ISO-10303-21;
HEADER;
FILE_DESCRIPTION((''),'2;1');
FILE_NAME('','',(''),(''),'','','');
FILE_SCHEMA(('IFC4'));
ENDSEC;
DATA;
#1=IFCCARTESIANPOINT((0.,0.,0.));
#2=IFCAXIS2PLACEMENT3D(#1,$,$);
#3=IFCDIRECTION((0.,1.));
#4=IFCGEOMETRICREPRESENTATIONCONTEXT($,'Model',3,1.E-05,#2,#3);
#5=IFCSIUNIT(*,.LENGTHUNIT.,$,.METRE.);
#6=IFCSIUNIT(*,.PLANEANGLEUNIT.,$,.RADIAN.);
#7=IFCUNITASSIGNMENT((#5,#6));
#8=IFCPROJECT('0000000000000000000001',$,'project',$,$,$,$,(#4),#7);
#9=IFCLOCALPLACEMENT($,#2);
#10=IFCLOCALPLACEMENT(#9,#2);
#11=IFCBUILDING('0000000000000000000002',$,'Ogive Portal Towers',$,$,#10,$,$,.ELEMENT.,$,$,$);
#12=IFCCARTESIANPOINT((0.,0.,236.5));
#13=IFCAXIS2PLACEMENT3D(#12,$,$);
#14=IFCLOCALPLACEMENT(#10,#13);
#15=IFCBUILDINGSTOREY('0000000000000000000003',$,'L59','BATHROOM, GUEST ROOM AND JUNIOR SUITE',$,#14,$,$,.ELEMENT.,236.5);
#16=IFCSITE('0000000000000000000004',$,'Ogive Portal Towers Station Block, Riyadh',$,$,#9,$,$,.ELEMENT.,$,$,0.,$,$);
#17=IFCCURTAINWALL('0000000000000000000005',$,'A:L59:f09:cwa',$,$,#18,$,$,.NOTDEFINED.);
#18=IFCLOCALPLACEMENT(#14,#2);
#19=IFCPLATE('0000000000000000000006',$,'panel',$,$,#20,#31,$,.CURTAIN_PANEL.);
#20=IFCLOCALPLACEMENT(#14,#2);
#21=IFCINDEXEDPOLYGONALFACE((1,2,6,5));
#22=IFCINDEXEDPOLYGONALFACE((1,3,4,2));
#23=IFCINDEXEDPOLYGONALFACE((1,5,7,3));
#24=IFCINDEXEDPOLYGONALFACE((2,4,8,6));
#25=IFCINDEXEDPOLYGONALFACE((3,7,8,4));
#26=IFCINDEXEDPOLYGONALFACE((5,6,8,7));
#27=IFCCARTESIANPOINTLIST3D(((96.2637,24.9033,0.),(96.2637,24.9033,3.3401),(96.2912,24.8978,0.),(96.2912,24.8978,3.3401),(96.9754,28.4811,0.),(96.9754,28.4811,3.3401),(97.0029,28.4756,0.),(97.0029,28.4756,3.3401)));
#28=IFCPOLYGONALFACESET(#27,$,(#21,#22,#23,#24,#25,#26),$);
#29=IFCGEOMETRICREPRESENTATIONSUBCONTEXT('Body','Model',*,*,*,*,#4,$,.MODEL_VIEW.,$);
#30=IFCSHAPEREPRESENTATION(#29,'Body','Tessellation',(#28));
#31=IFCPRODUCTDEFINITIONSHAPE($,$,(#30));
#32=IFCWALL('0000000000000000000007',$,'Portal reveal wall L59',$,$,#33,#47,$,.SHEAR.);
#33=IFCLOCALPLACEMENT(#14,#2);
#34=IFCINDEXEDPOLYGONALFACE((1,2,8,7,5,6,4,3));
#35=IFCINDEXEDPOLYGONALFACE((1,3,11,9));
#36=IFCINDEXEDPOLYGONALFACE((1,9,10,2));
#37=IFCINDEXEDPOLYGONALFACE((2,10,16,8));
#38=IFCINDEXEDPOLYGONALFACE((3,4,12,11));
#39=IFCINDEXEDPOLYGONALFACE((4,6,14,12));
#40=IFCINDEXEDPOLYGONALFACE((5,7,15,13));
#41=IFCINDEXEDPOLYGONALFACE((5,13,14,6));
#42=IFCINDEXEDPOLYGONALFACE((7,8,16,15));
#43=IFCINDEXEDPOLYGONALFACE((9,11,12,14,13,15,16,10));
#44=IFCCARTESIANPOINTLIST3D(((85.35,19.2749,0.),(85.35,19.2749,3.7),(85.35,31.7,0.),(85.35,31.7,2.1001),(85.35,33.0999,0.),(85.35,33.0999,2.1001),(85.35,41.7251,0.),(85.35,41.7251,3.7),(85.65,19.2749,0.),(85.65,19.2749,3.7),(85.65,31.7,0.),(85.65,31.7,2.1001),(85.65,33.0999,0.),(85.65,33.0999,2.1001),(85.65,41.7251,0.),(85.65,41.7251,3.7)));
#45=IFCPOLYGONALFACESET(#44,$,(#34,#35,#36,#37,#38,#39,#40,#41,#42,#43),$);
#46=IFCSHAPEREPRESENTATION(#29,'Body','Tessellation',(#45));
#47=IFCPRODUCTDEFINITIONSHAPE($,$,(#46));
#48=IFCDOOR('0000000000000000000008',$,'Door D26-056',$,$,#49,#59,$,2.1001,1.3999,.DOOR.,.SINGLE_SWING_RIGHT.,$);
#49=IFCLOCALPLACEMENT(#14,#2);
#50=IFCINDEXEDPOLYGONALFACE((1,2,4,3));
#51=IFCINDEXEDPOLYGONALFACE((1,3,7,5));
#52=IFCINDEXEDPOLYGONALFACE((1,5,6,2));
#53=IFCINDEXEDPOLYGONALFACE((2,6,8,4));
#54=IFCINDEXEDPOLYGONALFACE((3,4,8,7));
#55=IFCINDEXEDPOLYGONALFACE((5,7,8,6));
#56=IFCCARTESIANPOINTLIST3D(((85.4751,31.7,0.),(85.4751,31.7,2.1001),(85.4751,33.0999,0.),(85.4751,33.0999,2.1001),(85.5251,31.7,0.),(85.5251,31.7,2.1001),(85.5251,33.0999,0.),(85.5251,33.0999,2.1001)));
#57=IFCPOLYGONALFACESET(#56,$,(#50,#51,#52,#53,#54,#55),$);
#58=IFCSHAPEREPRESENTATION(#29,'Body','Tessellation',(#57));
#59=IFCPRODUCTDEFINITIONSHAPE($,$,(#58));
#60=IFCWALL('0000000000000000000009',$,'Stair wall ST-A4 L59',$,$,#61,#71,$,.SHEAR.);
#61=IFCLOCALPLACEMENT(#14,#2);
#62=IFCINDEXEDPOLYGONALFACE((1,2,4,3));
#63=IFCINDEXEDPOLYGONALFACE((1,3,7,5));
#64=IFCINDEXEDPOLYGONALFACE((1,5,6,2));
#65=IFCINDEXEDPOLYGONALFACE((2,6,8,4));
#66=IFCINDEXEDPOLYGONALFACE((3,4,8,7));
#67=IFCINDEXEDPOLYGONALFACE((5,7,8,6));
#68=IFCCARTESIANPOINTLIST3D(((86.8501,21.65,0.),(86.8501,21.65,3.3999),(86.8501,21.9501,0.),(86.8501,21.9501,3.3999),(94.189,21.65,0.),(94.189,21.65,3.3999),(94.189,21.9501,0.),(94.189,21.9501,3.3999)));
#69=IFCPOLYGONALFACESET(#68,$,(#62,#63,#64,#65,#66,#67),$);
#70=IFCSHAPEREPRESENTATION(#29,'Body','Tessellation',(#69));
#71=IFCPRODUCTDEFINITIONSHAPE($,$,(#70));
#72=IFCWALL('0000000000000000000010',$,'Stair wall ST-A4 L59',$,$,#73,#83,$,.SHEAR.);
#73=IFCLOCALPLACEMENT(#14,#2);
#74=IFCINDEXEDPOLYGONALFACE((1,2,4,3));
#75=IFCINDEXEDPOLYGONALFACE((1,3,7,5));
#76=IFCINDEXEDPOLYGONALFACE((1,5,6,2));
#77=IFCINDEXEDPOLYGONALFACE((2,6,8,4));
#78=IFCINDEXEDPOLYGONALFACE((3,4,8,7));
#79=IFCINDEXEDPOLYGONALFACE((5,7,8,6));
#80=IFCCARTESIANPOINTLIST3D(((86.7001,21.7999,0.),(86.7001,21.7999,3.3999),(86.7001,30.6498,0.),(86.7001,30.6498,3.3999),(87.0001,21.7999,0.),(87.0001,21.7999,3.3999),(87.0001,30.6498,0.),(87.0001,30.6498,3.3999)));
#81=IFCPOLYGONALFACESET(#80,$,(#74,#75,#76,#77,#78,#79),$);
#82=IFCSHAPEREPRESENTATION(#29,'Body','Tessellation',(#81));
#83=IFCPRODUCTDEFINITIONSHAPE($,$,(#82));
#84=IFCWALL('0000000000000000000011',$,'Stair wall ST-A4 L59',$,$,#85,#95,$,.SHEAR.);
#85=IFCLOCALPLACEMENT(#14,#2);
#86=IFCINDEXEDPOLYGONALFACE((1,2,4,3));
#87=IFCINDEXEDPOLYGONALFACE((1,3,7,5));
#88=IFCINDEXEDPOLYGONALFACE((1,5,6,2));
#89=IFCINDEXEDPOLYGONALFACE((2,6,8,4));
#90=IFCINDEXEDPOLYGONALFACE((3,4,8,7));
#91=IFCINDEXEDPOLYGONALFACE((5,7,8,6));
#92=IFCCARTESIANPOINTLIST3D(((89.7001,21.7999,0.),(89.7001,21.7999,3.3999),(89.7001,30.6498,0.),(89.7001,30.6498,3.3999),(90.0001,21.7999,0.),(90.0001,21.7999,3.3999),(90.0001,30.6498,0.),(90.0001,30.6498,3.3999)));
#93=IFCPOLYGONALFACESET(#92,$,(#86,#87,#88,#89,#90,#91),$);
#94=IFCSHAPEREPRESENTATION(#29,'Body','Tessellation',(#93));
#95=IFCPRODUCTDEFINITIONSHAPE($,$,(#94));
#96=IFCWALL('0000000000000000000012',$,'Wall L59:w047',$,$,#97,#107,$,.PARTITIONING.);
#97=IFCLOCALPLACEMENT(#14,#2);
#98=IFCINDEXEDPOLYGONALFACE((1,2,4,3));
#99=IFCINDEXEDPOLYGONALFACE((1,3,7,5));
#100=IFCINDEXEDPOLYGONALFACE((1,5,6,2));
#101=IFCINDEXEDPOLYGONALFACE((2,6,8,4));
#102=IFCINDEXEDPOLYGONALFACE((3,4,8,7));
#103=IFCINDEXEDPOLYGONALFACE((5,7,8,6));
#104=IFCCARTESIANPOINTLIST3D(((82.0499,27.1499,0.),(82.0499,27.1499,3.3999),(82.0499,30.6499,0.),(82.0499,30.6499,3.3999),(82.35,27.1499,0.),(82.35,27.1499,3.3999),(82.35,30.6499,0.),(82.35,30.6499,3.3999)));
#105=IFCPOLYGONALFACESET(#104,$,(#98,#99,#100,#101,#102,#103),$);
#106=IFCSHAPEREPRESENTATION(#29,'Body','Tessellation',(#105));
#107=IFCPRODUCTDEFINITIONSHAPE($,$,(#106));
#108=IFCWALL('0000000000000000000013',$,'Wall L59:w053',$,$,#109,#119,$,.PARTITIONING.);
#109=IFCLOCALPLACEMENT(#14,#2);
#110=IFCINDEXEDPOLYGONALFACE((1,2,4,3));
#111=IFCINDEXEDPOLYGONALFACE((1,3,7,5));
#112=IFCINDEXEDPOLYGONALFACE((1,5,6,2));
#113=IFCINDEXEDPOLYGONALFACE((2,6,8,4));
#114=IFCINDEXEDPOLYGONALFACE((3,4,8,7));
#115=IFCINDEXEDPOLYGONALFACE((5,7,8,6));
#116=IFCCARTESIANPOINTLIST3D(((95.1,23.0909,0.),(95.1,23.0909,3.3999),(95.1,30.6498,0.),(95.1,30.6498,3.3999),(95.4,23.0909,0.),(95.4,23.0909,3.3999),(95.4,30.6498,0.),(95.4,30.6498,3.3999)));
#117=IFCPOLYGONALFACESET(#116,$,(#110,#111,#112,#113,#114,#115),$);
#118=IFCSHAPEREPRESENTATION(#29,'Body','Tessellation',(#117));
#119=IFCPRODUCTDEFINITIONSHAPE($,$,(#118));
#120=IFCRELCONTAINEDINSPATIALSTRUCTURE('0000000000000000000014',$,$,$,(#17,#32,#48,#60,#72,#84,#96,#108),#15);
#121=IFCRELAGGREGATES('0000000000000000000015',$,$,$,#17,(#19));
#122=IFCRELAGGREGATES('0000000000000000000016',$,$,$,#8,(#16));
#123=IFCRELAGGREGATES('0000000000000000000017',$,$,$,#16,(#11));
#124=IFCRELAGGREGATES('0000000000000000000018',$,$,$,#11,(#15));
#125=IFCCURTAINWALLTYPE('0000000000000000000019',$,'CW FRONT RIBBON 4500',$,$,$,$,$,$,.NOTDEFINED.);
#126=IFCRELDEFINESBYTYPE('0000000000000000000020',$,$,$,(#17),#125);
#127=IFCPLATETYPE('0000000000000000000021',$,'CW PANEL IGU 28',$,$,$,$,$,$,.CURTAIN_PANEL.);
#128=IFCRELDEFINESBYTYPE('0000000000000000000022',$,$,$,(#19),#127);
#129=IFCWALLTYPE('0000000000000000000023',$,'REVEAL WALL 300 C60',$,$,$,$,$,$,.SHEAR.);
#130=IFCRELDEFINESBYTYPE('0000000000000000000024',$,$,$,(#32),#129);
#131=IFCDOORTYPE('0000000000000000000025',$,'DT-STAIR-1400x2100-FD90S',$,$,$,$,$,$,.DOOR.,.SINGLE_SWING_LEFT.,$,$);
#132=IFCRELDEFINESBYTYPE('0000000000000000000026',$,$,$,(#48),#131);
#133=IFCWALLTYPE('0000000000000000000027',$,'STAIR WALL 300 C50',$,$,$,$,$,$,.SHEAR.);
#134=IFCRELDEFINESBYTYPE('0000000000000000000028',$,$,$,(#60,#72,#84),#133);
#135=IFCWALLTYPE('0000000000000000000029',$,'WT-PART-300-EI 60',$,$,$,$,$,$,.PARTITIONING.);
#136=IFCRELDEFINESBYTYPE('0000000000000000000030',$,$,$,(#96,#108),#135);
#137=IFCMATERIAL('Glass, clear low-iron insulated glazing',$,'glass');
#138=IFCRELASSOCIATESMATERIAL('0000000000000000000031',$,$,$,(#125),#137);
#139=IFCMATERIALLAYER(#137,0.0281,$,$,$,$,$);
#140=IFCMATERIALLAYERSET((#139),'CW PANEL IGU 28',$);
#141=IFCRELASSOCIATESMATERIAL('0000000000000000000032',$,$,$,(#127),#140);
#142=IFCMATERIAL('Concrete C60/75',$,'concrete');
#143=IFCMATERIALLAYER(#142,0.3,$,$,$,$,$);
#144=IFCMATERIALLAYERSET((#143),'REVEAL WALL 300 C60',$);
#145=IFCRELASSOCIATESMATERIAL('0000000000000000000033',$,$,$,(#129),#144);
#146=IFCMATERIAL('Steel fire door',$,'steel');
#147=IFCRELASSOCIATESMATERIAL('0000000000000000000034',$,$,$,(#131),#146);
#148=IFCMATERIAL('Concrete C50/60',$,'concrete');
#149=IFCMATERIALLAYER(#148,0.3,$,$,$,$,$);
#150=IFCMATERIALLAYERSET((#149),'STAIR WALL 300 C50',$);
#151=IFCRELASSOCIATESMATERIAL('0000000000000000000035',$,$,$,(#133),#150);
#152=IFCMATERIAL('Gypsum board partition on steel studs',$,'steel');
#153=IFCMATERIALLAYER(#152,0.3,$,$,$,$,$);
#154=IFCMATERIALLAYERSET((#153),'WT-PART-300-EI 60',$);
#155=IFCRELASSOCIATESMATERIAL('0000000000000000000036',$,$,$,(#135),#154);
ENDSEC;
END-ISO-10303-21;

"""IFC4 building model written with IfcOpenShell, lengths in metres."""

from ifc_helpers import new_model, si_unit, direction, frame, frame_2d, origin, origin_2d, place, context, subcontext, project, spatial, rectangle, extrude, material, layer, layer_set, type_object, element, fill, aggregate, save


model = new_model("IFC4")

# Units and contexts
model_context = context("Model", 3, precision=1e-05, world=origin(), true_north=direction((0.0, 1.0)))
body_context = subcontext(model_context, "Body", "Model", "MODEL_VIEW")
ifc_project = project(units=[si_unit("LENGTHUNIT", "METRE"), si_unit("PLANEANGLEUNIT", "RADIAN")], contexts=[model_context])

# Site, building, storey
site_placement = place(None, origin())
site = spatial("IfcSite", under=ifc_project, at=site_placement, Name="Ogive Portal Towers Station Block, Riyadh", CompositionType="ELEMENT", RefElevation=0.0)
building_placement = place(site_placement, origin())
building = spatial("IfcBuilding", under=site, at=building_placement, Name="Ogive Portal Towers", CompositionType="ELEMENT")
storey_placement = place(building_placement, frame((0.0, 0.0, 236.5)))
storey = spatial("IfcBuildingStorey", under=building, at=storey_placement, Name="L59", Description="BATHROOM, GUEST ROOM AND JUNIOR SUITE", CompositionType="ELEMENT", Elevation=236.5)

# Shared definitions
ifc_material_1 = material(Name="Concrete C60/75", Category="concrete")

# Shared definitions
ifc_material_2 = material(Name="Glass, clear low-iron insulated glazing", Category="glass")
curtain_wall_type = type_object("IfcCurtainWallType", Name="CW FRONT RIBBON 4500", PredefinedType="NOTDEFINED", material=ifc_material_2)

# Curtain wall
curtain_wall_1_placement = place(storey_placement, origin())
curtain_wall_1 = element("IfcCurtainWall", 1, at=curtain_wall_1_placement, inside=storey, type_object=curtain_wall_type, Name="A:L59:f09:cwa", PredefinedType="NOTDEFINED")

# Plate
ifc_layer_1 = layer(ifc_material_2, 0.0281)
ifc_layer_set_1 = layer_set([ifc_layer_1], Name="CW PANEL IGU 28")
plate_type = type_object("IfcPlateType", Name="CW PANEL IGU 28", PredefinedType="CURTAIN_PANEL", material=ifc_layer_set_1)
plate_1_placement = place(storey_placement, frame((96.6333, 26.6895, 0.0), z_axis=(0.0, 0.0, 1.0), x_axis=(0.19509, 0.980785, 0.0)))
plate_1 = element("IfcPlate", 2, at=plate_1_placement, type_object=plate_type, Name="panel", PredefinedType="CURTAIN_PANEL", context=body_context, shape_type="SweptSolid", body=[
    extrude(rectangle(XDim=3.6479, YDim=0.0281, at=origin_2d()), origin(), (0.0, 0.0, 1.0), 3.3401),
])
aggregate(curtain_wall_1, [plate_1])

# Wall, opening, door
ifc_layer_2 = layer(ifc_material_1, 0.3)
ifc_layer_set_2 = layer_set([ifc_layer_2], Name="REVEAL WALL 300 C60")
wall_type_1 = type_object("IfcWallType", Name="REVEAL WALL 300 C60", PredefinedType="SHEAR", material=ifc_layer_set_2)
wall_1_placement = place(storey_placement, frame((85.5, 19.2749, 0.0), z_axis=(0.0, 0.0, 1.0), x_axis=(0.0, 1.0, 0.0)))
wall_1 = element("IfcWall", 3, at=wall_1_placement, inside=storey, type_object=wall_type_1, Name="Portal reveal wall L59", PredefinedType="SHEAR", context=body_context, shape_type="SweptSolid", body=[
    extrude(rectangle(XDim=22.4502, YDim=0.3, at=frame_2d((11.2251, 0.0))), origin(), (0.0, 0.0, 1.0), 3.7),
])
opening_placement = place(wall_1_placement, frame((12.425, 0.0, 0.0)))
opening = element("IfcOpeningElement", 4, at=opening_placement, cuts=wall_1, PredefinedType="OPENING", context=body_context, shape_type="SweptSolid", body=[
    extrude(rectangle(XDim=1.3999, YDim=2.1001, at=frame_2d((0.7, 1.05))), frame((0.0, 0.1602, 0.0), z_axis=(0.0, -1.0, 0.0), x_axis=(1.0, 0.0, 0.0)), (0.0, 0.0, 1.0), 0.3201),
])
ifc_material_3 = material(Name="Steel fire door", Category="steel")
door_type = type_object("IfcDoorType", Name="DT-STAIR-1400x2100-FD90S", OperationType="SINGLE_SWING_LEFT", PredefinedType="DOOR", material=ifc_material_3)
door_placement = place(opening_placement, origin())
door = element("IfcDoor", 5, at=door_placement, inside=storey, type_object=door_type, Name="Door D26-056", OperationType="SINGLE_SWING_RIGHT", OverallHeight=2.1001, OverallWidth=1.3999, PredefinedType="DOOR", context=body_context, shape_type="SweptSolid", body=[
    extrude(rectangle(XDim=1.3999, YDim=2.1001, at=frame_2d((0.7, 1.05))), frame((0.0, 0.0249, 0.0), z_axis=(0.0, -1.0, 0.0), x_axis=(1.0, 0.0, 0.0)), (0.0, 0.0, 1.0), 0.05),
])
fill(opening, door)

# Walls
ifc_material_4 = material(Name="Concrete C50/60", Category="concrete")
ifc_layer_3 = layer(ifc_material_4, 0.3)
ifc_layer_set_3 = layer_set([ifc_layer_3], Name="STAIR WALL 300 C50")
wall_type_2 = type_object("IfcWallType", Name="STAIR WALL 300 C50", PredefinedType="SHEAR", material=ifc_layer_set_3)
wall_2_placement = place(storey_placement, frame((86.8501, 21.8, 0.0), z_axis=(0.0, 0.0, 1.0), x_axis=(1.0, 0.0, 0.0)))
element("IfcWall", 6, at=wall_2_placement, inside=storey, type_object=wall_type_2, Name="Stair wall ST-A4 L59", PredefinedType="SHEAR", context=body_context, shape_type="SweptSolid", body=[
    extrude(rectangle(XDim=7.3389, YDim=0.3, at=frame_2d((3.6694, 0.0))), origin(), (0.0, 0.0, 1.0), 3.3999),
])
for number, where, z_axis, x_axis, name in (
    (7, (86.8501, 21.8, 0.0), (0.0, 0.0, 1.0), (0.0, 1.0, 0.0), "Stair wall ST-A4 L59"),
    (8, (89.8501, 21.8, 0.0), (0.0, 0.0, 1.0), (0.0, 1.0, 0.0), "Stair wall ST-A4 L59"),
):
    element("IfcWall", number, at=place(storey_placement, frame(where, z_axis=z_axis, x_axis=x_axis)), inside=storey, type_object=wall_type_2, Name=name, PredefinedType="SHEAR", context=body_context, shape_type="SweptSolid", body=[
        extrude(rectangle(XDim=8.8499, YDim=0.3, at=frame_2d((4.4248, 0.0))), origin(), (0.0, 0.0, 1.0), 3.3999),
    ])
ifc_material_5 = material(Name="Gypsum board partition on steel studs", Category="steel")
ifc_layer_4 = layer(ifc_material_5, 0.3)
ifc_layer_set_4 = layer_set([ifc_layer_4], Name="WT-PART-300-EI 60")
wall_type_3 = type_object("IfcWallType", Name="WT-PART-300-EI 60", PredefinedType="PARTITIONING", material=ifc_layer_set_4)
wall_3_placement = place(storey_placement, frame((82.2, 27.1499, 0.0), z_axis=(0.0, 0.0, 1.0), x_axis=(0.0, 1.0, 0.0)))
element("IfcWall", 9, at=wall_3_placement, inside=storey, type_object=wall_type_3, Name="Wall L59:w047", PredefinedType="PARTITIONING", context=body_context, shape_type="SweptSolid", body=[
    extrude(rectangle(XDim=3.5, YDim=0.3, at=frame_2d((1.75, 0.0))), origin(), (0.0, 0.0, 1.0), 3.3999),
])
wall_4_placement = place(storey_placement, frame((95.25, 23.0911, 0.0), z_axis=(0.0, 0.0, 1.0), x_axis=(0.0, 1.0, 0.0)))
element("IfcWall", 10, at=wall_4_placement, inside=storey, type_object=wall_type_3, Name="Wall L59:w053", PredefinedType="PARTITIONING", context=body_context, shape_type="SweptSolid", body=[
    extrude(rectangle(XDim=7.5588, YDim=0.3, at=frame_2d((3.7793, 0.0))), origin(), (0.0, 0.0, 1.0), 3.3999),
])

save(model, "model.ifc")
